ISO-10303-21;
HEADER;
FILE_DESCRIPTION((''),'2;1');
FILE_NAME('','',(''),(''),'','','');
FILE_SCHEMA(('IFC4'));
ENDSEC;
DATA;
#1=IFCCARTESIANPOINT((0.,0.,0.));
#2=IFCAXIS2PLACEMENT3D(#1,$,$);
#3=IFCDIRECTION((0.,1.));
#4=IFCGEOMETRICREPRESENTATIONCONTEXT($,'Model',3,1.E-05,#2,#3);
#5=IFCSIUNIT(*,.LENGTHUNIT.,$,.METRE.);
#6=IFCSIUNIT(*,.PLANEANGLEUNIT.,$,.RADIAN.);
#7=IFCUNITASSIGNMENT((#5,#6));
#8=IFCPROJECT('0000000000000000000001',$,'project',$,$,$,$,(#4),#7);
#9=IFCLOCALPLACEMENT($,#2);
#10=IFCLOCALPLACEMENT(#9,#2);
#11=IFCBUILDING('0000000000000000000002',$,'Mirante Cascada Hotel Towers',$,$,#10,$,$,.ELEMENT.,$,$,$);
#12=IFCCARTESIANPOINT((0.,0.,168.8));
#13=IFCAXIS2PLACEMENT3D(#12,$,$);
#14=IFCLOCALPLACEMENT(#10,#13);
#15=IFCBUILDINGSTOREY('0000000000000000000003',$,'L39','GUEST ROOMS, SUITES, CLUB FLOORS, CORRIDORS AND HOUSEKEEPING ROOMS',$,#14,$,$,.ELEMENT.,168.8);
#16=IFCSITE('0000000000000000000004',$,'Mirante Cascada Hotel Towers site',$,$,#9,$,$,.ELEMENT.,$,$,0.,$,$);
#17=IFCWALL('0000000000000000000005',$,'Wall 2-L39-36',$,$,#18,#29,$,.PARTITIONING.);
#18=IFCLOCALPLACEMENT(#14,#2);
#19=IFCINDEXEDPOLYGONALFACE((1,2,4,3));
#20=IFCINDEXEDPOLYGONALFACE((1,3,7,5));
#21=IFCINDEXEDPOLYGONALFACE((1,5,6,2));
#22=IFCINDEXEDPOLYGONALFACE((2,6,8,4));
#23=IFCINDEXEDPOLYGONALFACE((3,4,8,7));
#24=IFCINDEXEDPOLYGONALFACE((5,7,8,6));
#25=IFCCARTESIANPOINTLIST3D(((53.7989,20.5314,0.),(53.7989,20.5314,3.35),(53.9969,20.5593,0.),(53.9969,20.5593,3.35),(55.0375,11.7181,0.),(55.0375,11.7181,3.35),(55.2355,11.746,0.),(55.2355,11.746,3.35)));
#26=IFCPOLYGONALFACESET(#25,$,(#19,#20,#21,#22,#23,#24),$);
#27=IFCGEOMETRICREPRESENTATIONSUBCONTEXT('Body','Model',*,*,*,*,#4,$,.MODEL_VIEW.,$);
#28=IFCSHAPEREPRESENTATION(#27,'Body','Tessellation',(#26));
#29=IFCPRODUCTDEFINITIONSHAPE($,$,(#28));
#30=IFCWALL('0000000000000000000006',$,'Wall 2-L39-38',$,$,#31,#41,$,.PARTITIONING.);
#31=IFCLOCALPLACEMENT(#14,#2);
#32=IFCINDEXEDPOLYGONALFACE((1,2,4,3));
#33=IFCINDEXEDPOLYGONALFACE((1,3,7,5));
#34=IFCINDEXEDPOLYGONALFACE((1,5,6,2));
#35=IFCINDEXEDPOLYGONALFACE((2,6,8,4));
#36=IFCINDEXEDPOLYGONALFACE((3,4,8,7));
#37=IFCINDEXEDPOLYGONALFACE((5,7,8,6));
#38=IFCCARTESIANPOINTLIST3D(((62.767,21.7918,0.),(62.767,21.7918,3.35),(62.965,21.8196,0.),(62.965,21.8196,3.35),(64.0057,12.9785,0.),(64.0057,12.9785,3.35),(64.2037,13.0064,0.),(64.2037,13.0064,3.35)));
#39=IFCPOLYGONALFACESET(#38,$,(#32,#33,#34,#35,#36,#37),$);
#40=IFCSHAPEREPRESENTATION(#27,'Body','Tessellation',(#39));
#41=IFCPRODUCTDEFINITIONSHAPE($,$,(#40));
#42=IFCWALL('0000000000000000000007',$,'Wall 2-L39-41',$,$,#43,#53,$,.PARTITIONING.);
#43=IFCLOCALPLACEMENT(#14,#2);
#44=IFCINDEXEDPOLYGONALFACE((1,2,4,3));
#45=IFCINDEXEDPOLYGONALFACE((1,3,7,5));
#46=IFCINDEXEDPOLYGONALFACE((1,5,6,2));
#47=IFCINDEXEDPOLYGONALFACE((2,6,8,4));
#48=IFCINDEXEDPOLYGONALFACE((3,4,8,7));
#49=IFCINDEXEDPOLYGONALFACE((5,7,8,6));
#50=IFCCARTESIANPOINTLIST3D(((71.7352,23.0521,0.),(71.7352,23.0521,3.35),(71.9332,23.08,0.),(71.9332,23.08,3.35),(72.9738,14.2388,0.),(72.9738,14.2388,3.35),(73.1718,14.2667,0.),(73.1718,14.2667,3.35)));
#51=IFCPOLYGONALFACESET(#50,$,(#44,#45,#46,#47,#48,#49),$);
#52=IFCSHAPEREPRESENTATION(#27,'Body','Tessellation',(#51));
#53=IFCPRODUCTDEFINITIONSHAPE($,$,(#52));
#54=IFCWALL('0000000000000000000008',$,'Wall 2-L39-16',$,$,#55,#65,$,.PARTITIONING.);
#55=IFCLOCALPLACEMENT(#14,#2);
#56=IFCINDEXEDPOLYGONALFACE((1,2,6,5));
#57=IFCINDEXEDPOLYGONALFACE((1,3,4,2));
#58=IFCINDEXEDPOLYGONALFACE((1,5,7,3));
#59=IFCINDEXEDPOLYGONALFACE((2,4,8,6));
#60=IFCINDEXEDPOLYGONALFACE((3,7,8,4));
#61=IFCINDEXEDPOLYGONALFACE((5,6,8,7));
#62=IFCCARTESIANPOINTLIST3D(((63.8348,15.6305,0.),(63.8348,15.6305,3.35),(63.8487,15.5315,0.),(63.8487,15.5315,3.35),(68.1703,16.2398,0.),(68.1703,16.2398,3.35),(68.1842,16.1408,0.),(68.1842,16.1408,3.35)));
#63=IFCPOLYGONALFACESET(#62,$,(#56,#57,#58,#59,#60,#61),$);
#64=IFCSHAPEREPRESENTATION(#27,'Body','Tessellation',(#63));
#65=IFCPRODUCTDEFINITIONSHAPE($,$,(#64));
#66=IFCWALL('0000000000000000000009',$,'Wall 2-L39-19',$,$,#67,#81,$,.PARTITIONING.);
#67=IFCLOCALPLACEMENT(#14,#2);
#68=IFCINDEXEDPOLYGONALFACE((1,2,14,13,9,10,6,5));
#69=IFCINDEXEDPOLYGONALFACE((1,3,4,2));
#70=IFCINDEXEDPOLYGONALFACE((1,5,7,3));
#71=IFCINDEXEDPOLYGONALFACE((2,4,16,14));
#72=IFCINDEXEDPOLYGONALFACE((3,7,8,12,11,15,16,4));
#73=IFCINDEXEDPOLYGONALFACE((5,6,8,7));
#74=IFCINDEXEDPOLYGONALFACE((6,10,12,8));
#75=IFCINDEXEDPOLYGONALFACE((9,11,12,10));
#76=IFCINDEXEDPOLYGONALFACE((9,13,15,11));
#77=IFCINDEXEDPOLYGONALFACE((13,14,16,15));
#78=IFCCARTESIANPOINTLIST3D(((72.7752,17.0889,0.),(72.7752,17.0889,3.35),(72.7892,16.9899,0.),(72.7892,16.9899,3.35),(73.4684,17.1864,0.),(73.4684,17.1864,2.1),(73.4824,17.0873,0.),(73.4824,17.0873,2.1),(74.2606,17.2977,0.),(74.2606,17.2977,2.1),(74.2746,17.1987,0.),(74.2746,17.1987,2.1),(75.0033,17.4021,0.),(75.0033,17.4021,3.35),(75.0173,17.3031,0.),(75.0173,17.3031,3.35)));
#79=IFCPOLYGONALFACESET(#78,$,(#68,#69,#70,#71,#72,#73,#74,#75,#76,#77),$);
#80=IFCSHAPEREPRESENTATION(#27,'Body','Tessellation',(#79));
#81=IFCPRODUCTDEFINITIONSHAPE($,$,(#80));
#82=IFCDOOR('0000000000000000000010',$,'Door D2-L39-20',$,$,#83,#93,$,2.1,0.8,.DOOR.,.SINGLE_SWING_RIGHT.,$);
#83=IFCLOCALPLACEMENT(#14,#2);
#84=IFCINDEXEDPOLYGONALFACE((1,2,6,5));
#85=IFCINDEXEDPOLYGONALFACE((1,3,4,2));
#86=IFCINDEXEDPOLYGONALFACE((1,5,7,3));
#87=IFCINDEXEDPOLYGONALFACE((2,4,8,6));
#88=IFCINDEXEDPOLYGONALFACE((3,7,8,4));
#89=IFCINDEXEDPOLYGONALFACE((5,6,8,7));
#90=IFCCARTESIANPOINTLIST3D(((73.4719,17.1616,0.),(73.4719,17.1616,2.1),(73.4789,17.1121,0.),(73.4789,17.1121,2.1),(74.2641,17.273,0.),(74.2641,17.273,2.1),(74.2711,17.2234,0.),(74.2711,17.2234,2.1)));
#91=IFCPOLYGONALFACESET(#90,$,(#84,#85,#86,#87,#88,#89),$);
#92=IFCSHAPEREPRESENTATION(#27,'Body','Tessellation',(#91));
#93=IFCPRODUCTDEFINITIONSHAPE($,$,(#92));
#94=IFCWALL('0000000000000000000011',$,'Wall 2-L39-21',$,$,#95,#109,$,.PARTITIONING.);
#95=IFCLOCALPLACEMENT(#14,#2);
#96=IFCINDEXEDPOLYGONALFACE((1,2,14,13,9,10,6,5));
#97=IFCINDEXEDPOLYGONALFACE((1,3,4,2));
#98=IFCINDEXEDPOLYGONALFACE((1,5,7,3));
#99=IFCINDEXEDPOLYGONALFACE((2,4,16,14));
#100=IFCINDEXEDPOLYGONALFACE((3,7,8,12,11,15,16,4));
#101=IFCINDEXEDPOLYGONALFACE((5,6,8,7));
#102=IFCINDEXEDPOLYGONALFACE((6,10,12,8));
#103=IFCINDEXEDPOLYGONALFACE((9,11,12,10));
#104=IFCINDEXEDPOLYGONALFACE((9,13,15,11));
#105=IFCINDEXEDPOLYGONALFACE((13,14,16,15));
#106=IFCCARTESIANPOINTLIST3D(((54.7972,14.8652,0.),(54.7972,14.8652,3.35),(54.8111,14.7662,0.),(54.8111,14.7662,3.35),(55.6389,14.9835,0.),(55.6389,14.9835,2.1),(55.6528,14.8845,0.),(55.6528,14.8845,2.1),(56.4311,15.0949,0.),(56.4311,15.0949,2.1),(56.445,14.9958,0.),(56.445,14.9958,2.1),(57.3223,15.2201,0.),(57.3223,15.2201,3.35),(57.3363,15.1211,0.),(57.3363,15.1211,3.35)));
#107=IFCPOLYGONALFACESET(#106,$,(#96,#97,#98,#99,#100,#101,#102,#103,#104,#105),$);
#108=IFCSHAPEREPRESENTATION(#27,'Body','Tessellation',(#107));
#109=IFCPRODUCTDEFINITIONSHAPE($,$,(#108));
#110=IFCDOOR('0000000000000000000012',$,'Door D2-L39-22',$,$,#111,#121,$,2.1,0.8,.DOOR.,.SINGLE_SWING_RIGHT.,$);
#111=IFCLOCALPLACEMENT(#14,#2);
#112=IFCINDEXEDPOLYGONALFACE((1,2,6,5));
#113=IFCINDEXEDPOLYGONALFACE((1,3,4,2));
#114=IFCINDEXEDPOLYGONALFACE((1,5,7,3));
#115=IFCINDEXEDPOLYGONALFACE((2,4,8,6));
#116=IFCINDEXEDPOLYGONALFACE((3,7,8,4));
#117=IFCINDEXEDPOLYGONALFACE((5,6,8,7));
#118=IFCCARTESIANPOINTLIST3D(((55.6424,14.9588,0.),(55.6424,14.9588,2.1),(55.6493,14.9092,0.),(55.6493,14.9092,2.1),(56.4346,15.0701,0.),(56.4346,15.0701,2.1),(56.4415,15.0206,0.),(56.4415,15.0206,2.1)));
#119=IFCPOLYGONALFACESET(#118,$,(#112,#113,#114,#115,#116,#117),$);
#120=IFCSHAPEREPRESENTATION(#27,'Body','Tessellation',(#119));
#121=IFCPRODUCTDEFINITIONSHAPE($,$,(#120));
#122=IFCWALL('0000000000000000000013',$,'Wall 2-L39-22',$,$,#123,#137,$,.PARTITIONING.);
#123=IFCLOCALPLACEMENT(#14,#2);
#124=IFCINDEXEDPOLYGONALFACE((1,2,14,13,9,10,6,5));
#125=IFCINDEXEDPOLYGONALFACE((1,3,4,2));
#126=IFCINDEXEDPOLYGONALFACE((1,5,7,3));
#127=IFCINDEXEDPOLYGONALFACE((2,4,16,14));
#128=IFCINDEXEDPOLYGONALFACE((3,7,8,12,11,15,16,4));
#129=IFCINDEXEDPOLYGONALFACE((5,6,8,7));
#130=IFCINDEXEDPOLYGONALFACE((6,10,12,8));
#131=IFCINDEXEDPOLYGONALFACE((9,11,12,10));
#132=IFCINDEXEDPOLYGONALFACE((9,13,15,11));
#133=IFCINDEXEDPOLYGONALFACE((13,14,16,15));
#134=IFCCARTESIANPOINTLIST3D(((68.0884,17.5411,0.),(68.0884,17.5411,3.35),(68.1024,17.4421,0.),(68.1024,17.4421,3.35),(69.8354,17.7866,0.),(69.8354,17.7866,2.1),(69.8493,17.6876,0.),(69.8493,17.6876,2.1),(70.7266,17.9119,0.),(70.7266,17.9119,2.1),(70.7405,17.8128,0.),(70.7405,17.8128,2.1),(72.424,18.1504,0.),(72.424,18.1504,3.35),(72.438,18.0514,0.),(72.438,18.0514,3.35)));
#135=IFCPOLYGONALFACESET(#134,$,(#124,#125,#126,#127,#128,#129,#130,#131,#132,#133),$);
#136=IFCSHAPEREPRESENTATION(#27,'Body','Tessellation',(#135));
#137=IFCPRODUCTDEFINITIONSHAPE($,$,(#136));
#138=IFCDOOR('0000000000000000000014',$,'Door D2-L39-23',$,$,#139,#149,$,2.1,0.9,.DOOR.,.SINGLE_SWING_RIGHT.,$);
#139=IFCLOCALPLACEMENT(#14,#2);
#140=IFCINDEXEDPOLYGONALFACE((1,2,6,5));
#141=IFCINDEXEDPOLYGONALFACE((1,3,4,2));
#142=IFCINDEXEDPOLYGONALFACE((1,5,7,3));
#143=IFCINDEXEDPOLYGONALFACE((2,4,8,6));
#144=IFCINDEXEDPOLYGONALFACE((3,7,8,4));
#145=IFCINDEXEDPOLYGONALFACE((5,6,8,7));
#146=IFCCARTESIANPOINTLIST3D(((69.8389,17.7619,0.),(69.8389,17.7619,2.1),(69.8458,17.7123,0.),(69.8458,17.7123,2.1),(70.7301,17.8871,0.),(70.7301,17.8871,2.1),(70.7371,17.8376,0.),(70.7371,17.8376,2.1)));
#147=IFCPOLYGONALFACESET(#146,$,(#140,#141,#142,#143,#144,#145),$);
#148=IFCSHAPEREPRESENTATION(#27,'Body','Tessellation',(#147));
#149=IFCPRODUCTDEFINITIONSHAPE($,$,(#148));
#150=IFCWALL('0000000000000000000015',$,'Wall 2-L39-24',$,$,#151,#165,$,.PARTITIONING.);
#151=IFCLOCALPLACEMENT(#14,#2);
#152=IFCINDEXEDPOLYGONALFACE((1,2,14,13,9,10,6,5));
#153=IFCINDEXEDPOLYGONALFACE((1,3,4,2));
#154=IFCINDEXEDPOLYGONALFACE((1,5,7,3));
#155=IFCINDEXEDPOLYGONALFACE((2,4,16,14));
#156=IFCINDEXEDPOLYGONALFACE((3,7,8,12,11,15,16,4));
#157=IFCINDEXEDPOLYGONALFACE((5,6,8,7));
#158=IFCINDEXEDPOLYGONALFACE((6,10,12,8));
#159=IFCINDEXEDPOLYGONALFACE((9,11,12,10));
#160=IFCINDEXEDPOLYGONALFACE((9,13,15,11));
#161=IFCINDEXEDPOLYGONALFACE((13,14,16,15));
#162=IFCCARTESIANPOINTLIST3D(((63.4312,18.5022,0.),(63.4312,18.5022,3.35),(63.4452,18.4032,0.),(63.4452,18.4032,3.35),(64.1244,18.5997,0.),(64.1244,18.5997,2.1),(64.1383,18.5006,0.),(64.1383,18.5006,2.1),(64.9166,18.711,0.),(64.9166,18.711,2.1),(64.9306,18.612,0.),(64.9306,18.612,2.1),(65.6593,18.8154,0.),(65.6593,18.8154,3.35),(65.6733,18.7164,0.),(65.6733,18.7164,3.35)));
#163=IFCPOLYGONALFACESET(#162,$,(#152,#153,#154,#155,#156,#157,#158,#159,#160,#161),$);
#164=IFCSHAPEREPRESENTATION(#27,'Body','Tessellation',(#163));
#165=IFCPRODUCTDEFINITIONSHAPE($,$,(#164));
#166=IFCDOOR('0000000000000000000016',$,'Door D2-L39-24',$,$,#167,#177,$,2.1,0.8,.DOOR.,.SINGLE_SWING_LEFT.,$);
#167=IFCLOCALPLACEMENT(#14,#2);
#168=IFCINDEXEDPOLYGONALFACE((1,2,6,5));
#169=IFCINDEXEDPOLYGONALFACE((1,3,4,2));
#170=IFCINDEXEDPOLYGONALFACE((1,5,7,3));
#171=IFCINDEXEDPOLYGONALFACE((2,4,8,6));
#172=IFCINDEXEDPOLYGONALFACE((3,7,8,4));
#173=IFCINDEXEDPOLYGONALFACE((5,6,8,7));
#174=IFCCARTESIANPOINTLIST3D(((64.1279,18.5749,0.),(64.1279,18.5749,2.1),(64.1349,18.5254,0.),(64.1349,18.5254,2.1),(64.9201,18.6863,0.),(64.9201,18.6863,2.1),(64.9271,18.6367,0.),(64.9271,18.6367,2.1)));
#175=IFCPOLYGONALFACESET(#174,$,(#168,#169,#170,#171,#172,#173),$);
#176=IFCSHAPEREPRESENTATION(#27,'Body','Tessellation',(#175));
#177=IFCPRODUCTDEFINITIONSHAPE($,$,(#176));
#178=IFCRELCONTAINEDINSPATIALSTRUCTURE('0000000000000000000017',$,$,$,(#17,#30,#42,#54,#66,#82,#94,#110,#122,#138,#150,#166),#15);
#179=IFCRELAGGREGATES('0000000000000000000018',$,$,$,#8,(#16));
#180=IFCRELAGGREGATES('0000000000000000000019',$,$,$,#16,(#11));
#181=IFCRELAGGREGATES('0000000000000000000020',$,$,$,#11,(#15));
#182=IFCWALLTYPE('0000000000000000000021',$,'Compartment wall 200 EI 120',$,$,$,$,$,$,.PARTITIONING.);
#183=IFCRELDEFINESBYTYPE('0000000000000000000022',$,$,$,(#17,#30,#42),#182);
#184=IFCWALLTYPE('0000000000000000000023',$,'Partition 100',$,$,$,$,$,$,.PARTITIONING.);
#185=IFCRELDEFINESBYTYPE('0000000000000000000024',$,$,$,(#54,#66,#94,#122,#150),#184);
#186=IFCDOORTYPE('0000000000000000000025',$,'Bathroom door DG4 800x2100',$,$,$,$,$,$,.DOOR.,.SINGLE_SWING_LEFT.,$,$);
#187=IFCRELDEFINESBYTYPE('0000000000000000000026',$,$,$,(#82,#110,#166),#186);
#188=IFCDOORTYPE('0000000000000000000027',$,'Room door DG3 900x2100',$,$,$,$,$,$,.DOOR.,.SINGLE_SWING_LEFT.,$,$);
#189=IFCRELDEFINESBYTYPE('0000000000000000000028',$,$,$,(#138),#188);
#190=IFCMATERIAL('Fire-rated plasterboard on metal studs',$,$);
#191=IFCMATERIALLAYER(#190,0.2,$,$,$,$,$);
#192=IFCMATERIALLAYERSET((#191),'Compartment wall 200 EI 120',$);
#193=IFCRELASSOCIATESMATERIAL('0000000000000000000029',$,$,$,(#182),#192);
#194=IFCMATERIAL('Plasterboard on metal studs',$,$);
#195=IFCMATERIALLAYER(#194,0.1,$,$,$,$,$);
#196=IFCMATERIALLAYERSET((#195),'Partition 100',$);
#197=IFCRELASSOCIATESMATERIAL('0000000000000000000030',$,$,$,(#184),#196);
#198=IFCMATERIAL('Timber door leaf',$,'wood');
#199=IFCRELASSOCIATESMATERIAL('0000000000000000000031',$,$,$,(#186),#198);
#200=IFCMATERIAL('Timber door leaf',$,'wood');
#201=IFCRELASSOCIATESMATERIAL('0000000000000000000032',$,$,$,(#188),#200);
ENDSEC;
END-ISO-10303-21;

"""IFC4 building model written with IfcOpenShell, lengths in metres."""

from ifc_helpers import new_model, si_unit, direction, frame, frame_2d, origin, place, context, subcontext, project, spatial, rectangle, extrude, material, layer, layer_set, type_object, element, fill, save


model = new_model("IFC4")

# Units and contexts
model_context = context("Model", 3, precision=1e-05, world=origin(), true_north=direction((0.0, 1.0)))
body_context = subcontext(model_context, "Body", "Model", "MODEL_VIEW")
ifc_project = project(units=[si_unit("LENGTHUNIT", "METRE"), si_unit("PLANEANGLEUNIT", "RADIAN")], contexts=[model_context])

# Site, building, storey
site_placement = place(None, origin())
site = spatial("IfcSite", under=ifc_project, at=site_placement, Name="Mirante Cascada Hotel Towers site", CompositionType="ELEMENT", RefElevation=0.0)
building_placement = place(site_placement, origin())
building = spatial("IfcBuilding", under=site, at=building_placement, Name="Mirante Cascada Hotel Towers", CompositionType="ELEMENT")
storey_placement = place(building_placement, frame((0.0, 0.0, 168.8)))
storey = spatial("IfcBuildingStorey", under=building, at=storey_placement, Name="L39", Description="GUEST ROOMS, SUITES, CLUB FLOORS, CORRIDORS AND HOUSEKEEPING ROOMS", CompositionType="ELEMENT", Elevation=168.8)

# Walls
ifc_material_1 = material(Name="Fire-rated plasterboard on metal studs")
ifc_layer_1 = layer(ifc_material_1, 0.2)
ifc_layer_set_1 = layer_set([ifc_layer_1], Name="Compartment wall 200 EI 120")
wall_type_1 = type_object("IfcWallType", Name="Compartment wall 200 EI 120", PredefinedType="PARTITIONING", material=ifc_layer_set_1)
for number, where, z_axis, x_axis, name in (
    (1, (55.1365, 11.732, 0.0), (0.0, 0.0, 1.0), (-0.13917, 0.990268, 0.0), "Wall 2-L39-36"),
    (2, (64.1047, 12.9924, 0.0), (0.0, 0.0, 1.0), (-0.139181, 0.990267, 0.0), "Wall 2-L39-38"),
    (3, (71.8342, 23.0661, 0.0), (0.0, 0.0, 1.0), (0.13917, -0.990268, 0.0), "Wall 2-L39-41"),
):
    element("IfcWall", number, at=place(storey_placement, frame(where, z_axis=z_axis, x_axis=x_axis)), inside=storey, type_object=wall_type_1, Name=name, PredefinedType="PARTITIONING", context=body_context, shape_type="SweptSolid", body=[
        extrude(rectangle(XDim=8.8999, YDim=0.2, at=frame_2d((4.45, 0.0))), origin(), (0.0, 0.0, 1.0), 3.35),
    ])
ifc_material_2 = material(Name="Plasterboard on metal studs")
ifc_layer_2 = layer(ifc_material_2, 0.1)
ifc_layer_set_2 = layer_set([ifc_layer_2], Name="Partition 100")
wall_type_2 = type_object("IfcWallType", Name="Partition 100", PredefinedType="PARTITIONING", material=ifc_layer_set_2)
wall_1_placement = place(storey_placement, frame((63.8418, 15.581, 0.0), z_axis=(0.0, 0.0, 1.0), x_axis=(0.990268, 0.13917, 0.0)))
element("IfcWall", 4, at=wall_1_placement, inside=storey, type_object=wall_type_2, Name="Wall 2-L39-16", PredefinedType="PARTITIONING", context=body_context, shape_type="SweptSolid", body=[
    extrude(rectangle(XDim=4.3781, YDim=0.1, at=frame_2d((2.189, 0.0))), origin(), (0.0, 0.0, 1.0), 3.35),
])

# Walls, openings, doors
wall_2_placement = place(storey_placement, frame((75.0103, 17.3526, 0.0), z_axis=(0.0, 0.0, 1.0), x_axis=(-0.990264, -0.1392, 0.0)))
wall_2 = element("IfcWall", 5, at=wall_2_placement, inside=storey, type_object=wall_type_2, Name="Wall 2-L39-19", PredefinedType="PARTITIONING", context=body_context, shape_type="SweptSolid", body=[
    extrude(rectangle(XDim=2.25, YDim=0.1, at=frame_2d((1.125, 0.0))), origin(), (0.0, 0.0, 1.0), 3.35),
])
opening_1_placement = place(wall_2_placement, frame((0.75, 0.0, 0.0)))
opening_1 = element("IfcOpeningElement", 6, at=opening_1_placement, cuts=wall_2, PredefinedType="OPENING", context=body_context, shape_type="SweptSolid", body=[
    extrude(rectangle(XDim=0.8, YDim=2.1, at=frame_2d((0.4, 1.05))), frame((0.0, 0.05, 0.0), z_axis=(0.0, -1.0, 0.0), x_axis=(1.0, 0.0, 0.0)), (0.0, 0.0, 1.0), 0.1),
])
ifc_material_3 = material(Name="Timber door leaf", Category="wood")
door_type_1 = type_object("IfcDoorType", Name="Bathroom door DG4 800x2100", OperationType="SINGLE_SWING_LEFT", PredefinedType="DOOR", material=ifc_material_3)
door_1_placement = place(opening_1_placement, frame((0.8, 0.0, 0.0), z_axis=(0.0, 0.0, 1.0), x_axis=(-1.0, 0.0, 0.0)))
door_1 = element("IfcDoor", 7, at=door_1_placement, inside=storey, type_object=door_type_1, Name="Door D2-L39-20", OperationType="SINGLE_SWING_RIGHT", OverallHeight=2.1, OverallWidth=0.8, PredefinedType="DOOR", context=body_context, shape_type="SweptSolid", body=[
    extrude(rectangle(XDim=0.8, YDim=2.1, at=frame_2d((0.4, 1.05))), frame((0.0, 0.025, 0.0), z_axis=(0.0, -1.0, 0.0), x_axis=(1.0, 0.0, 0.0)), (0.0, 0.0, 1.0), 0.05),
])
fill(opening_1, door_1)
wall_3_placement = place(storey_placement, frame((57.3293, 15.1706, 0.0), z_axis=(0.0, 0.0, 1.0), x_axis=(-0.990268, -0.139176, 0.0)))
wall_3 = element("IfcWall", 8, at=wall_3_placement, inside=storey, type_object=wall_type_2, Name="Wall 2-L39-21", PredefinedType="PARTITIONING", context=body_context, shape_type="SweptSolid", body=[
    extrude(rectangle(XDim=2.55, YDim=0.1, at=frame_2d((1.275, 0.0))), origin(), (0.0, 0.0, 1.0), 3.35),
])
opening_2_placement = place(wall_3_placement, frame((0.9, 0.0, 0.0)))
opening_2 = element("IfcOpeningElement", 9, at=opening_2_placement, cuts=wall_3, PredefinedType="OPENING", context=body_context, shape_type="SweptSolid", body=[
    extrude(rectangle(XDim=0.8, YDim=2.1, at=frame_2d((0.4, 1.05))), frame((0.0, 0.05, 0.0), z_axis=(0.0, -1.0, 0.0), x_axis=(1.0, 0.0, 0.0)), (0.0, 0.0, 1.0), 0.1),
])
door_2_placement = place(opening_2_placement, frame((0.8, 0.0, 0.0), z_axis=(0.0, 0.0, 1.0), x_axis=(-1.0, 0.0, 0.0)))
door_2 = element("IfcDoor", 10, at=door_2_placement, inside=storey, type_object=door_type_1, Name="Door D2-L39-22", OperationType="SINGLE_SWING_RIGHT", OverallHeight=2.1, OverallWidth=0.8, PredefinedType="DOOR", context=body_context, shape_type="SweptSolid", body=[
    extrude(rectangle(XDim=0.8, YDim=2.1, at=frame_2d((0.4, 1.05))), frame((0.0, 0.025, 0.0), z_axis=(0.0, -1.0, 0.0), x_axis=(1.0, 0.0, 0.0)), (0.0, 0.0, 1.0), 0.05),
])
fill(opening_2, door_2)
wall_4_placement = place(storey_placement, frame((68.0954, 17.4916, 0.0), z_axis=(0.0, 0.0, 1.0), x_axis=(0.990269, 0.139167, 0.0)))
wall_4 = element("IfcWall", 11, at=wall_4_placement, inside=storey, type_object=wall_type_2, Name="Wall 2-L39-22", PredefinedType="PARTITIONING", context=body_context, shape_type="SweptSolid", body=[
    extrude(rectangle(XDim=4.3782, YDim=0.1, at=frame_2d((2.1891, 0.0))), origin(), (0.0, 0.0, 1.0), 3.35),
])
opening_3_placement = place(wall_4_placement, frame((1.7641, 0.0, 0.0)))
opening_3 = element("IfcOpeningElement", 12, at=opening_3_placement, cuts=wall_4, PredefinedType="OPENING", context=body_context, shape_type="SweptSolid", body=[
    extrude(rectangle(XDim=0.9, YDim=2.1, at=frame_2d((0.45, 1.05))), frame((0.0, 0.05, 0.0), z_axis=(0.0, -1.0, 0.0), x_axis=(1.0, 0.0, 0.0)), (0.0, 0.0, 1.0), 0.1),
])
ifc_material_4 = material(Name="Timber door leaf", Category="wood")
door_type_2 = type_object("IfcDoorType", Name="Room door DG3 900x2100", OperationType="SINGLE_SWING_LEFT", PredefinedType="DOOR", material=ifc_material_4)
door_3_placement = place(opening_3_placement, frame((0.9, 0.0, 0.0), z_axis=(0.0, 0.0, 1.0), x_axis=(-1.0, 0.0, 0.0)))
door_3 = element("IfcDoor", 13, at=door_3_placement, inside=storey, type_object=door_type_2, Name="Door D2-L39-23", OperationType="SINGLE_SWING_RIGHT", OverallHeight=2.1, OverallWidth=0.9, PredefinedType="DOOR", context=body_context, shape_type="SweptSolid", body=[
    extrude(rectangle(XDim=0.9, YDim=2.1, at=frame_2d((0.45, 1.05))), frame((0.0, 0.025, 0.0), z_axis=(0.0, -1.0, 0.0), x_axis=(1.0, 0.0, 0.0)), (0.0, 0.0, 1.0), 0.05),
])
fill(opening_3, door_3)
wall_5_placement = place(storey_placement, frame((63.4382, 18.4527, 0.0), z_axis=(0.0, 0.0, 1.0), x_axis=(0.990264, 0.1392, 0.0)))
wall_5 = element("IfcWall", 14, at=wall_5_placement, inside=storey, type_object=wall_type_2, Name="Wall 2-L39-24", PredefinedType="PARTITIONING", context=body_context, shape_type="SweptSolid", body=[
    extrude(rectangle(XDim=2.25, YDim=0.1, at=frame_2d((1.125, 0.0))), origin(), (0.0, 0.0, 1.0), 3.35),
])
opening_4_placement = place(wall_5_placement, frame((0.7, 0.0, 0.0)))
opening_4 = element("IfcOpeningElement", 15, at=opening_4_placement, cuts=wall_5, PredefinedType="OPENING", context=body_context, shape_type="SweptSolid", body=[
    extrude(rectangle(XDim=0.8, YDim=2.1, at=frame_2d((0.4, 1.05))), frame((0.0, 0.05, 0.0), z_axis=(0.0, -1.0, 0.0), x_axis=(1.0, 0.0, 0.0)), (0.0, 0.0, 1.0), 0.1),
])
door_4_placement = place(opening_4_placement, origin())
door_4 = element("IfcDoor", 16, at=door_4_placement, inside=storey, type_object=door_type_1, Name="Door D2-L39-24", OperationType="SINGLE_SWING_LEFT", OverallHeight=2.1, OverallWidth=0.8, PredefinedType="DOOR", context=body_context, shape_type="SweptSolid", body=[
    extrude(rectangle(XDim=0.8, YDim=2.1, at=frame_2d((0.4, 1.05))), frame((0.0, 0.025, 0.0), z_axis=(0.0, -1.0, 0.0), x_axis=(1.0, 0.0, 0.0)), (0.0, 0.0, 1.0), 0.05),
])
fill(opening_4, door_4)

save(model, "model.ifc")
